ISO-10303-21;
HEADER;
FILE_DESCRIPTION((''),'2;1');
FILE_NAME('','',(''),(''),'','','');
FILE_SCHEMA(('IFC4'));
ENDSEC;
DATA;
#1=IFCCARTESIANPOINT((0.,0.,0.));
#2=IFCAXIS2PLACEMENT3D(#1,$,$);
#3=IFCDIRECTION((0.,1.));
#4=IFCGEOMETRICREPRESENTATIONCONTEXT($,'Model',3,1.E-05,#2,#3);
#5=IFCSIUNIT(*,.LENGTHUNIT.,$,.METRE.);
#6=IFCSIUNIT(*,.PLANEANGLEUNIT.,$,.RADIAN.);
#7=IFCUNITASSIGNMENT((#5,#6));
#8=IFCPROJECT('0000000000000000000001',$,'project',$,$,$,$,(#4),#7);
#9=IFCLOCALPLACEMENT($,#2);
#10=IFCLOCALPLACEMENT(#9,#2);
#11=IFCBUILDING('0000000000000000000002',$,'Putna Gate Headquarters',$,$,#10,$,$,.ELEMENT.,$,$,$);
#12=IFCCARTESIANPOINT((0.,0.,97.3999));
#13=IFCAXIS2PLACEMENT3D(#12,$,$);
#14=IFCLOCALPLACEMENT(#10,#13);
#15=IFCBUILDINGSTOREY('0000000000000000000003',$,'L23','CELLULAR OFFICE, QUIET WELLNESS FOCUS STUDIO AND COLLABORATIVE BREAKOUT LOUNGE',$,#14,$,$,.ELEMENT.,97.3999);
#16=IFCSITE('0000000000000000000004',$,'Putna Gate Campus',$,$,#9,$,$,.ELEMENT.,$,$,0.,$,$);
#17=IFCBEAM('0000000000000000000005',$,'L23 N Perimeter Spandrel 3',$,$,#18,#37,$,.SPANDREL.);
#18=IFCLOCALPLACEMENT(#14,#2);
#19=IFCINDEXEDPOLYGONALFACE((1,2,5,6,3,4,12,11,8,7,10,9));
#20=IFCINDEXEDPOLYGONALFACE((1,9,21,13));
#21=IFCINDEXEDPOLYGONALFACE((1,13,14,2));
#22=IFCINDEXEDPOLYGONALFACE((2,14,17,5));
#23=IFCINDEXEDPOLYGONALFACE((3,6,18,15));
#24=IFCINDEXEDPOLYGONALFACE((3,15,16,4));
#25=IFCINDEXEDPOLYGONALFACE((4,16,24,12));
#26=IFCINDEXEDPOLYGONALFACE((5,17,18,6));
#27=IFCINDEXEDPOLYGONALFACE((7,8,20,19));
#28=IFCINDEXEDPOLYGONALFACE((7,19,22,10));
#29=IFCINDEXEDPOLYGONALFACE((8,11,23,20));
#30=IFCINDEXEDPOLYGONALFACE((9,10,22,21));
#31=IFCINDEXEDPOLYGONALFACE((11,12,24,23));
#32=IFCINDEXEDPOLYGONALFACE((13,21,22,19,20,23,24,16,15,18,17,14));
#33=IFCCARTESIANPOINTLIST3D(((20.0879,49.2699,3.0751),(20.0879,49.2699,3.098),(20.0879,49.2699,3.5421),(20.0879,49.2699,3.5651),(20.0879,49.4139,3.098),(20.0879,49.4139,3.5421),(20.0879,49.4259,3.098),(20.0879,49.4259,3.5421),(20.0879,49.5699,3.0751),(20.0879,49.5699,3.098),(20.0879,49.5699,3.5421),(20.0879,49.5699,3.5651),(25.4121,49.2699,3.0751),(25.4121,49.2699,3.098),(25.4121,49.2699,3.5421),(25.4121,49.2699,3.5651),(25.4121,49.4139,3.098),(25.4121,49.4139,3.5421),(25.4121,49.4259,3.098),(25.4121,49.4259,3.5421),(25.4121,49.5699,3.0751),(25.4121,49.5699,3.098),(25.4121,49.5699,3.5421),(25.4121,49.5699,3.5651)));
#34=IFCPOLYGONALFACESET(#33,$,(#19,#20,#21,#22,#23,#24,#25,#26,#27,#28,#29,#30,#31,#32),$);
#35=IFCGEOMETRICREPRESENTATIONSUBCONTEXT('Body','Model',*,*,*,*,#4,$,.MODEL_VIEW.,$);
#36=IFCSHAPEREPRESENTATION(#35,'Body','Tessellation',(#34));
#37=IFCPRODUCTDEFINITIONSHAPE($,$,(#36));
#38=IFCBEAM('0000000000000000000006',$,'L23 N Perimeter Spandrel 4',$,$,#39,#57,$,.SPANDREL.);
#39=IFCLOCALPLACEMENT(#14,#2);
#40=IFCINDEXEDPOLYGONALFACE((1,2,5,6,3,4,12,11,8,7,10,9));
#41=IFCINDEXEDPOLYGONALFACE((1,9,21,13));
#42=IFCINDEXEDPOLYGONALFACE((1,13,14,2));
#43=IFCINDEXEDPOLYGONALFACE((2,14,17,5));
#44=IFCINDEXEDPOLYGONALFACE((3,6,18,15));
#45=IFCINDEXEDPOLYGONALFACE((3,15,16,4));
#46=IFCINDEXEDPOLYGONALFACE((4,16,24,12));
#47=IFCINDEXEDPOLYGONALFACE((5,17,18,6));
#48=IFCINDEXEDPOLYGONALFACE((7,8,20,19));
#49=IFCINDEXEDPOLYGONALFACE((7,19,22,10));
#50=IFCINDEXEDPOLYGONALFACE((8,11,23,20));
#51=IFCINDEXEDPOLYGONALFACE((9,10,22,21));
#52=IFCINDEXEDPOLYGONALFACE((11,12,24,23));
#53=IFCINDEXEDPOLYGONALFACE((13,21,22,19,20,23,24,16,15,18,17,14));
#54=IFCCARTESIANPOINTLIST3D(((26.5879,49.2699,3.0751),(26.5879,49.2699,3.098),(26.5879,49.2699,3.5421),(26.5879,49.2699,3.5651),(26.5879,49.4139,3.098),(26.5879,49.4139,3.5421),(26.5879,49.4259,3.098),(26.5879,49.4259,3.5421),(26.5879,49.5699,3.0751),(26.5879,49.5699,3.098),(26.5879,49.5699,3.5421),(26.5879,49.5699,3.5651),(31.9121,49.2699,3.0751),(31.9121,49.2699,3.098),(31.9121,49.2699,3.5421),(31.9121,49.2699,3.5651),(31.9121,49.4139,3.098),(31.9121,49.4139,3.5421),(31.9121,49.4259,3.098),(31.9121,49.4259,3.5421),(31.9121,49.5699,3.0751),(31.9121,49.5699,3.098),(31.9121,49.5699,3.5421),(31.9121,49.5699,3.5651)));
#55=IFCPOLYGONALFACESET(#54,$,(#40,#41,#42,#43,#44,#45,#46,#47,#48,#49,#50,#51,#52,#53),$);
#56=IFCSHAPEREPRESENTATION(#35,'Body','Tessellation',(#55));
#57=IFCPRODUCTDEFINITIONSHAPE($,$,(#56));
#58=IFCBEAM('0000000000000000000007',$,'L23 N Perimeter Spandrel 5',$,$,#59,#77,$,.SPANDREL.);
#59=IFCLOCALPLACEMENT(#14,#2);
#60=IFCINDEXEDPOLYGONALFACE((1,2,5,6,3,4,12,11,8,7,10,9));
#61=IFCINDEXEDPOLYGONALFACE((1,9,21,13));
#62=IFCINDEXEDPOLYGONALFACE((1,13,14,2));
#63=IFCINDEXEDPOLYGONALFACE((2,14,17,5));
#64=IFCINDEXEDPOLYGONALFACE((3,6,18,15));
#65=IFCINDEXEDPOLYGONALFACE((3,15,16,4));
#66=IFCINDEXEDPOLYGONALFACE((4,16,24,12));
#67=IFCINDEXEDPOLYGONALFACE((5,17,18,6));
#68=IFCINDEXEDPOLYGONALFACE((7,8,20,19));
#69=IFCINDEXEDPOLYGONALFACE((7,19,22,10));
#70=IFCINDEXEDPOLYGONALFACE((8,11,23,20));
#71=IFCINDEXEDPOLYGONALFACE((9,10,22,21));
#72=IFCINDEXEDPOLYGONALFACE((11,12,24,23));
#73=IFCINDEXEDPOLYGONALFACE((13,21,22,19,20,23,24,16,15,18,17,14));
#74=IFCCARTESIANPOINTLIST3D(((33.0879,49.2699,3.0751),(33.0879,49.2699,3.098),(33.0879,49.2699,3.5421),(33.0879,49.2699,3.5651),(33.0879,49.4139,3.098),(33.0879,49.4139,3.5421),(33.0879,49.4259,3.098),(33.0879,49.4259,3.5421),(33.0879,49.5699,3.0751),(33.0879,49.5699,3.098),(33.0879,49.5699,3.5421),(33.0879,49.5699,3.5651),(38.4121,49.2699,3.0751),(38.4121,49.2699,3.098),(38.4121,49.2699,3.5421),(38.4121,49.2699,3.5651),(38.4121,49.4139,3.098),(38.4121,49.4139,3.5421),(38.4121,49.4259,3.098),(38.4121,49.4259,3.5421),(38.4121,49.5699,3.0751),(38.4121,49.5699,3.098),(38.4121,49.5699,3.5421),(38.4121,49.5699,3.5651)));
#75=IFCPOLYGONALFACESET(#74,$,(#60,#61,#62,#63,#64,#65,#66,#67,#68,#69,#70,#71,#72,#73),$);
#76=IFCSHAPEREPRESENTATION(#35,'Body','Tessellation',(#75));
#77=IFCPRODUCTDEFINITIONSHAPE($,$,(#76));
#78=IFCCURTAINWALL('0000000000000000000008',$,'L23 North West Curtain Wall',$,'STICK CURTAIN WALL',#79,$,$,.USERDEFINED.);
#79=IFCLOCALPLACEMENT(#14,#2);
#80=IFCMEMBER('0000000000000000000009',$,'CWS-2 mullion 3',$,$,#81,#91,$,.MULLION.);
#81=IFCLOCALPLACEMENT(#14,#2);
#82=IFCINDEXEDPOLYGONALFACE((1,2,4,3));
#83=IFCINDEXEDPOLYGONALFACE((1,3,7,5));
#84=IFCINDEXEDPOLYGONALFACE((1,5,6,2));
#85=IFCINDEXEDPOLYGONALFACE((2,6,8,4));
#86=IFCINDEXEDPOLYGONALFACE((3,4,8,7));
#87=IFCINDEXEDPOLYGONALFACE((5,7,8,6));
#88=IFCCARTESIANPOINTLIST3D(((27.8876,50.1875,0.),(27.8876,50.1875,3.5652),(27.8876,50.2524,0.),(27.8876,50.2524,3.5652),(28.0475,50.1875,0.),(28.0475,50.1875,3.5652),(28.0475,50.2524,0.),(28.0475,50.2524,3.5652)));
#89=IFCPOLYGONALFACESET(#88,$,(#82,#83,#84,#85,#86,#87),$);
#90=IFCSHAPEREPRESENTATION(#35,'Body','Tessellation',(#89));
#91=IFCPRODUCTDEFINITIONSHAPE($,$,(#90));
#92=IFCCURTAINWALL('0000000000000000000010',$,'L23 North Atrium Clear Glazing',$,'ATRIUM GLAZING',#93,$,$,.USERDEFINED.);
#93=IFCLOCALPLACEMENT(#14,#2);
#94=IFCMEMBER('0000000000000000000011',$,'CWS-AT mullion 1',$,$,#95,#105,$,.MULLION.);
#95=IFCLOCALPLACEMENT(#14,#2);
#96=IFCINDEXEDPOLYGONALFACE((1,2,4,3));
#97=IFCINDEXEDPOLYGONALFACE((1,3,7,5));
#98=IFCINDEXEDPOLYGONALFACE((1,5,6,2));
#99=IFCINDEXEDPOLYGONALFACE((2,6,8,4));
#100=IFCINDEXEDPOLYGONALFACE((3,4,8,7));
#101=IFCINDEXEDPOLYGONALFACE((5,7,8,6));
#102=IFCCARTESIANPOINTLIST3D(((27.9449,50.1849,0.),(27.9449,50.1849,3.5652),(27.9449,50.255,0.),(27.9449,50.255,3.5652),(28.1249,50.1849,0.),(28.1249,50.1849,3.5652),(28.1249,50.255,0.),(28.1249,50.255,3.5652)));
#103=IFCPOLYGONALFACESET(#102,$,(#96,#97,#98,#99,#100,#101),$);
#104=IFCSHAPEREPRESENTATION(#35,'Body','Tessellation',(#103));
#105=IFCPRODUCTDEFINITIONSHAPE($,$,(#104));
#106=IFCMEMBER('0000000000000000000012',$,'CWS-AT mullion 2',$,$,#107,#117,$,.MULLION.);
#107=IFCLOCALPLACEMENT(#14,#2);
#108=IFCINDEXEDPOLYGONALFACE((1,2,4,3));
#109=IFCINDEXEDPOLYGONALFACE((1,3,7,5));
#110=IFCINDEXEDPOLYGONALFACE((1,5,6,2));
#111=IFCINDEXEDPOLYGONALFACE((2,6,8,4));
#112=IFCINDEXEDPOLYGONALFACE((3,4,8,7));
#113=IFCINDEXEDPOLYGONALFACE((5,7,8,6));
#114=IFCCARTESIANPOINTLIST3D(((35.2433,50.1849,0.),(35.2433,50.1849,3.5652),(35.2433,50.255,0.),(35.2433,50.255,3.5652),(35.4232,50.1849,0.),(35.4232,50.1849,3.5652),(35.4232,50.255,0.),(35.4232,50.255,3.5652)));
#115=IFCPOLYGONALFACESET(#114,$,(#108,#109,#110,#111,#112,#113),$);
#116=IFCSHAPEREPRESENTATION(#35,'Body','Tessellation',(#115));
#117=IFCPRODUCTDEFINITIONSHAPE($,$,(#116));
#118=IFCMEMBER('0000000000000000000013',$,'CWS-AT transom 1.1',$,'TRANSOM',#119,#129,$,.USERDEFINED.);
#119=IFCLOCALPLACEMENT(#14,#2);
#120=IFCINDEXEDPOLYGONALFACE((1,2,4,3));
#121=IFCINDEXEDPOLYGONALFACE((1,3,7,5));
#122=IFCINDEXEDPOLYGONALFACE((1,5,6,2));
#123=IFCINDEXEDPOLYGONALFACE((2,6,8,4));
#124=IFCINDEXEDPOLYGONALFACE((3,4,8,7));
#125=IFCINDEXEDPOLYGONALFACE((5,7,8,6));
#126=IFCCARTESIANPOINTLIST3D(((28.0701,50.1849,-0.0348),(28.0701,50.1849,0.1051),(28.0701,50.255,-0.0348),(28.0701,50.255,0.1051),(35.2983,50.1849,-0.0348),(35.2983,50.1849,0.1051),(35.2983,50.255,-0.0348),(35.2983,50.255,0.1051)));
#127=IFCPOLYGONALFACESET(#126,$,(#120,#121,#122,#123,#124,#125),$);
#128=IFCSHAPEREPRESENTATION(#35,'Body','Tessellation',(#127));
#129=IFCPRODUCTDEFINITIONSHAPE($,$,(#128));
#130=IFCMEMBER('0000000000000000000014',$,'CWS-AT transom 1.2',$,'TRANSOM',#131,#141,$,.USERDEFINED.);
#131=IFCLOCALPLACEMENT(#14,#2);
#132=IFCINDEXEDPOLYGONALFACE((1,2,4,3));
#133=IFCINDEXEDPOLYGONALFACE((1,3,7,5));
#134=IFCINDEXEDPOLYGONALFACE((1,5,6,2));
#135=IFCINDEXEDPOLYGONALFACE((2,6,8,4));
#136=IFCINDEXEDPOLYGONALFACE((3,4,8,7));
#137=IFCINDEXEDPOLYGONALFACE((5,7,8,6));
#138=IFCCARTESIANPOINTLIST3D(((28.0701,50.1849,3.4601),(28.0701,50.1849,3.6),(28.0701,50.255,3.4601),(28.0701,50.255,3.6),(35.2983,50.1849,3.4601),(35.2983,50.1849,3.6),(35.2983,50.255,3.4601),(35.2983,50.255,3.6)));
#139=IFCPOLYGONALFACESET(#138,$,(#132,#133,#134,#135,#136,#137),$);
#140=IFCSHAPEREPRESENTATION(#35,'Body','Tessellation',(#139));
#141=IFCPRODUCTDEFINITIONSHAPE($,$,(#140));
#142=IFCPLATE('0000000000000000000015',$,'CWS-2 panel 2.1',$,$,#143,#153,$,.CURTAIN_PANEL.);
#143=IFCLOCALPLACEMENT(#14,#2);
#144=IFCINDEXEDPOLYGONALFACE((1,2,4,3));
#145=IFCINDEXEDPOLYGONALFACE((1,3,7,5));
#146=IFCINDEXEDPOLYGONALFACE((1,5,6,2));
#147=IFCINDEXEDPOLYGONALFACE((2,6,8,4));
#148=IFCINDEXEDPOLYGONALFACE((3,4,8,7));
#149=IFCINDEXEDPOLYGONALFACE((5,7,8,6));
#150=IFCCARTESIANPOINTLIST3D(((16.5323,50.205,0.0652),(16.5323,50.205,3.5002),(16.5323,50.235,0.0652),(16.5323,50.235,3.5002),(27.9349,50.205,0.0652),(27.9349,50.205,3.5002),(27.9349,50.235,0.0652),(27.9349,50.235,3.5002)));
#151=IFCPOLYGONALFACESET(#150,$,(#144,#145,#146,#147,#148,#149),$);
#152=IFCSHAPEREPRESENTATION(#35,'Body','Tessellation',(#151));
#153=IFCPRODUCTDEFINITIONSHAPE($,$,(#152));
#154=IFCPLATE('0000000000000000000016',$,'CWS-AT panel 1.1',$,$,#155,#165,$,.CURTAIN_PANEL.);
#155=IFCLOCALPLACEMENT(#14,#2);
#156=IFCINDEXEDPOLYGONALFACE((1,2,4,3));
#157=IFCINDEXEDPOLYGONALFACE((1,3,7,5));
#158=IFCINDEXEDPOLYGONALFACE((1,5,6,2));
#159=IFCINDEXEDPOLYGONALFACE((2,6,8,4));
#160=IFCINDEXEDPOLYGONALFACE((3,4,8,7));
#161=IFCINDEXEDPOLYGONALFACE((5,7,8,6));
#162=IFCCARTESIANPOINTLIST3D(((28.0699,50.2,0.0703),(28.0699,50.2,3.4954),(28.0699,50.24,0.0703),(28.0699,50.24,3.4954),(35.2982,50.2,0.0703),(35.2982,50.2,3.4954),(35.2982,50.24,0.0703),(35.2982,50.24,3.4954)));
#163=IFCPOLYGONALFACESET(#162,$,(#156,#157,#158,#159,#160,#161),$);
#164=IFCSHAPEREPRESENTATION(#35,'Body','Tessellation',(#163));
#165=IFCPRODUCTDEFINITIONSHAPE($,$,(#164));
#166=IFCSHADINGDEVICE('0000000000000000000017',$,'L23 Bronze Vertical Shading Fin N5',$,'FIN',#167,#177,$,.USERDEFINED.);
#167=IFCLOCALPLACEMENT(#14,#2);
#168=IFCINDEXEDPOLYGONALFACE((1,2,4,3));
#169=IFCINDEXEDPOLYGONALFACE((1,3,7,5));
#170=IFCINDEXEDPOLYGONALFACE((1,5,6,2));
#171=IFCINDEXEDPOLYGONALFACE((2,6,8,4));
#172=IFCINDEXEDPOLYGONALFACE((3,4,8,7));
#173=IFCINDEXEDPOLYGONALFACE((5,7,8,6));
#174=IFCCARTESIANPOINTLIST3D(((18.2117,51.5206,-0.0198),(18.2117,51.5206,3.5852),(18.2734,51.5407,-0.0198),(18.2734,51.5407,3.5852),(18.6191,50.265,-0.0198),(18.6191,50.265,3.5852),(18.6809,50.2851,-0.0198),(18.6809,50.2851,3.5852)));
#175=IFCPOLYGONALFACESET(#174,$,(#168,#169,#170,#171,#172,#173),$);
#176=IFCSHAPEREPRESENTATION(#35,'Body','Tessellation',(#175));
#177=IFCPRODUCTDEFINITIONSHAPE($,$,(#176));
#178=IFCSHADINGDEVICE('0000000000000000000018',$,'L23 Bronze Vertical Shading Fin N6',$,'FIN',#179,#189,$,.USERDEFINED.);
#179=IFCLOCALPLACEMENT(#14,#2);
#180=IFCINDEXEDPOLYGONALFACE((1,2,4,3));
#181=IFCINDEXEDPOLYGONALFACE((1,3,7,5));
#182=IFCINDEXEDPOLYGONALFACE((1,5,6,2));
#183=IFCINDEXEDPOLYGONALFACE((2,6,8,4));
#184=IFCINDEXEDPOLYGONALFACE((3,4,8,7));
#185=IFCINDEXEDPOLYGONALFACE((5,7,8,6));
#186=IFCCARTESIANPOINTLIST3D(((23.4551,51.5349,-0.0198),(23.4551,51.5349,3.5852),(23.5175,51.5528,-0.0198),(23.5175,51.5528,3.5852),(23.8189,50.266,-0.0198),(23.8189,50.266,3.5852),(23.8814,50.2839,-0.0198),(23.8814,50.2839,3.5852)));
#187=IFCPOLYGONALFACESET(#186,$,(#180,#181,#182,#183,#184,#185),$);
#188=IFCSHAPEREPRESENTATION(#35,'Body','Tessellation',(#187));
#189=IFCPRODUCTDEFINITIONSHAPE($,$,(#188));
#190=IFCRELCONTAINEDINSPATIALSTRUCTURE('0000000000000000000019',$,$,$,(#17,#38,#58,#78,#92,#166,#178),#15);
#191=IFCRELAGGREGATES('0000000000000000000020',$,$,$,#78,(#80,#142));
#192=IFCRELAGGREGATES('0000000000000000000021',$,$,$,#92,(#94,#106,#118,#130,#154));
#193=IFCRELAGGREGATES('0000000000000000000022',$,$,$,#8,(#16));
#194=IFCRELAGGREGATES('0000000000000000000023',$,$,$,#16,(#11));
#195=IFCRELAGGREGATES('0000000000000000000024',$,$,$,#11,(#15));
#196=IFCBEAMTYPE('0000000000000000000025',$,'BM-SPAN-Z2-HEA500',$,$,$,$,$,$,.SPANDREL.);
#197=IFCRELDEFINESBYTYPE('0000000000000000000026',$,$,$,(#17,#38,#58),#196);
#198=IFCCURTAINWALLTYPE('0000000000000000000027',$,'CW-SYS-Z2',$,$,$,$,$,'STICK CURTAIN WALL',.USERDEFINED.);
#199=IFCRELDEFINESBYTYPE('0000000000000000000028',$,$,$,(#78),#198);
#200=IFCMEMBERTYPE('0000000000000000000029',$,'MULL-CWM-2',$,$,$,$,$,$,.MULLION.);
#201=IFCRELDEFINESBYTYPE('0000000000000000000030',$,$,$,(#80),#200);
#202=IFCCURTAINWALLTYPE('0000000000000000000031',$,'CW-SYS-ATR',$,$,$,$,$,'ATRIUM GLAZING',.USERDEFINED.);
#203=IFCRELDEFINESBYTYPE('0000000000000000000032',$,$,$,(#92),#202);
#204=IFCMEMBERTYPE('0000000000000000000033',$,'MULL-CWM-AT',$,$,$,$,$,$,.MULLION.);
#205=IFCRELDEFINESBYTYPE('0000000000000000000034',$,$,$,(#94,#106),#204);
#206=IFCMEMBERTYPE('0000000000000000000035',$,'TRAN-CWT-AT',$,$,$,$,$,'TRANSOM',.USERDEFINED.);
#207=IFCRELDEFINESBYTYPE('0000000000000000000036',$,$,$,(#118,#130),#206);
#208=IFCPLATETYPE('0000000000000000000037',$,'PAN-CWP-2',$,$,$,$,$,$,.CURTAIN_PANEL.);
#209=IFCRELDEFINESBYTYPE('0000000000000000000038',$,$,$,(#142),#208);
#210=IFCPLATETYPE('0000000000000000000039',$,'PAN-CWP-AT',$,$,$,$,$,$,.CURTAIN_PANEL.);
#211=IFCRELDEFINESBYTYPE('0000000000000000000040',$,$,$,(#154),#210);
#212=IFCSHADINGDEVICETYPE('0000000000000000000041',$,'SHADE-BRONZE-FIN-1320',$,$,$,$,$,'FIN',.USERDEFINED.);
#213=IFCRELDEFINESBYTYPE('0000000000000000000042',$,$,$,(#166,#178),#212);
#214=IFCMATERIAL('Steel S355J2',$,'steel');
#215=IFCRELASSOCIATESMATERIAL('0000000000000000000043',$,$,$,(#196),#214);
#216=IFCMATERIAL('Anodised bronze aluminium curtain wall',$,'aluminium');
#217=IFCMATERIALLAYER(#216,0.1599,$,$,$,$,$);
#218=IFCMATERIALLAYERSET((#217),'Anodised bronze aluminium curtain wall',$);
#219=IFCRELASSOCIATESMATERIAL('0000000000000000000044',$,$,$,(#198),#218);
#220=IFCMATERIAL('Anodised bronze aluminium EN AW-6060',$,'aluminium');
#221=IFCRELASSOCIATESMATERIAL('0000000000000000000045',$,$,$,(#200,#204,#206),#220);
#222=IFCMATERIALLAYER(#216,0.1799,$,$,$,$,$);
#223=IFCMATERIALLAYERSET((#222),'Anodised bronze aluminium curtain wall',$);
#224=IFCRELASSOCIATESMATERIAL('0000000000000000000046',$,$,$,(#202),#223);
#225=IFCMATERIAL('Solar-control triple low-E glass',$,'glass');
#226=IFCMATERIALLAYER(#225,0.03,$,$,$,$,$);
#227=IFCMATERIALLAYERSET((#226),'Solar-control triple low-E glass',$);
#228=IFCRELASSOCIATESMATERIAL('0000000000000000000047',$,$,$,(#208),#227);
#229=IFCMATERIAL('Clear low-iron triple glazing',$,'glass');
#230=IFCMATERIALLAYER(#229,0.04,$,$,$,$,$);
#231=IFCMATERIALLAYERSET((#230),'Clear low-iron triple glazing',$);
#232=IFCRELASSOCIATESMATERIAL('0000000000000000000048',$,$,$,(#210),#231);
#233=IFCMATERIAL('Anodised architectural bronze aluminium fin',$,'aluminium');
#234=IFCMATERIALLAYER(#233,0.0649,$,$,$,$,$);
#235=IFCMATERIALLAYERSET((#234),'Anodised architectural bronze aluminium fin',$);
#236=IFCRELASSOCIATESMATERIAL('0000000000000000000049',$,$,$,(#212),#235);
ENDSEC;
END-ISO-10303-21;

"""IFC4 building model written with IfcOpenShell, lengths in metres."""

from ifc_helpers import new_model, si_unit, direction, frame, origin, origin_2d, place, context, subcontext, project, spatial, rectangle, i_section, extrude, material, layer, layer_set, material_profile, profile_set, type_object, element, aggregate, save


model = new_model("IFC4")

# Units and contexts
model_context = context("Model", 3, precision=1e-05, world=origin(), true_north=direction((0.0, 1.0)))
body_context = subcontext(model_context, "Body", "Model", "MODEL_VIEW")
ifc_project = project(units=[si_unit("LENGTHUNIT", "METRE"), si_unit("PLANEANGLEUNIT", "RADIAN")], contexts=[model_context])

# Site, building, storey
site_placement = place(None, origin())
site = spatial("IfcSite", under=ifc_project, at=site_placement, Name="Putna Gate Campus", CompositionType="ELEMENT", RefElevation=0.0)
building_placement = place(site_placement, origin())
building = spatial("IfcBuilding", under=site, at=building_placement, Name="Putna Gate Headquarters", CompositionType="ELEMENT")
storey_placement = place(building_placement, frame((0.0, 0.0, 97.3999)))
storey = spatial("IfcBuildingStorey", under=building, at=storey_placement, Name="L23", Description="CELLULAR OFFICE, QUIET WELLNESS FOCUS STUDIO AND COLLABORATIVE BREAKOUT LOUNGE", CompositionType="ELEMENT", Elevation=97.3999)

# Beams
ifc_material_1 = material(Name="Steel S355J2", Category="steel")
ifc_material_profile_1 = material_profile(ifc_material_1, i_section(OverallWidth=0.3, OverallDepth=0.49, WebThickness=0.012, FlangeThickness=0.0229, at=origin_2d()), Name="Steel S355J2")
ifc_profile_set_1 = profile_set([ifc_material_profile_1], Name="Steel S355J2")
beam_type_1 = type_object("IfcBeamType", Name="BM-SPAN-Z2-HEA500", PredefinedType="SPANDREL", material=ifc_profile_set_1)
for number, where, z_axis, x_axis, name in (
    (1, (20.0879, 49.4199, 3.3201), (1.0, 0.0, 0.0), (0.0, 1.0, 0.0), "L23 N Perimeter Spandrel 3"),
    (2, (26.5879, 49.4199, 3.3201), (1.0, 0.0, 0.0), (0.0, 1.0, 0.0), "L23 N Perimeter Spandrel 4"),
    (3, (33.0879, 49.4199, 3.3201), (1.0, 0.0, 0.0), (0.0, 1.0, 0.0), "L23 N Perimeter Spandrel 5"),
):
    element("IfcBeam", number, at=place(storey_placement, frame(where, z_axis=z_axis, x_axis=x_axis)), inside=storey, type_object=beam_type_1, Name=name, PredefinedType="SPANDREL", context=body_context, shape_type="SweptSolid", body=[
        extrude(i_section(OverallWidth=0.3, OverallDepth=0.49, WebThickness=0.012, FlangeThickness=0.0229, at=origin_2d()), origin(), (0.0, 0.0, 1.0), 5.3242),
    ])

# Curtain wall, member
ifc_material_2 = material(Name="Anodised bronze aluminium curtain wall", Category="aluminium")
ifc_layer_1 = layer(ifc_material_2, 0.1599)
ifc_layer_set_1 = layer_set([ifc_layer_1], Name="Anodised bronze aluminium curtain wall")
curtain_wall_type_1 = type_object("IfcCurtainWallType", Name="CW-SYS-Z2", ElementType="STICK CURTAIN WALL", PredefinedType="USERDEFINED", material=ifc_layer_set_1)
curtain_wall_1_placement = place(storey_placement, origin())
curtain_wall_1 = element("IfcCurtainWall", 4, at=curtain_wall_1_placement, inside=storey, type_object=curtain_wall_type_1, Name="L23 North West Curtain Wall", ObjectType="STICK CURTAIN WALL", PredefinedType="USERDEFINED")
ifc_material_3 = material(Name="Anodised bronze aluminium EN AW-6060", Category="aluminium")
ifc_material_profile_2 = material_profile(ifc_material_3, rectangle(XDim=0.0649, YDim=0.1599, at=origin_2d()), Name="Anodised bronze aluminium EN AW-6060")
ifc_profile_set_2 = profile_set([ifc_material_profile_2], Name="Anodised bronze aluminium EN AW-6060")
member_type_1 = type_object("IfcMemberType", Name="MULL-CWM-2", PredefinedType="MULLION", material=ifc_profile_set_2)
member_1_placement = place(storey_placement, frame((27.9675, 50.22, 0.0), z_axis=(0.0, 0.0, 1.0), x_axis=(0.0, 1.0, 0.0)))
member_1 = element("IfcMember", 5, at=member_1_placement, type_object=member_type_1, Name="CWS-2 mullion 3", PredefinedType="MULLION", context=body_context, shape_type="SweptSolid", body=[
    extrude(rectangle(XDim=0.0649, YDim=0.1599, at=origin_2d()), origin(), (0.0, 0.0, 1.0), 3.5652),
])

# Curtain wall, members
ifc_layer_2 = layer(ifc_material_2, 0.1799)
ifc_layer_set_2 = layer_set([ifc_layer_2], Name="Anodised bronze aluminium curtain wall")
curtain_wall_type_2 = type_object("IfcCurtainWallType", Name="CW-SYS-ATR", ElementType="ATRIUM GLAZING", PredefinedType="USERDEFINED", material=ifc_layer_set_2)
curtain_wall_2_placement = place(storey_placement, origin())
curtain_wall_2 = element("IfcCurtainWall", 6, at=curtain_wall_2_placement, inside=storey, type_object=curtain_wall_type_2, Name="L23 North Atrium Clear Glazing", ObjectType="ATRIUM GLAZING", PredefinedType="USERDEFINED")
ifc_material_profile_3 = material_profile(ifc_material_3, rectangle(XDim=0.0701, YDim=0.1799, at=origin_2d()), Name="Anodised bronze aluminium EN AW-6060")
ifc_profile_set_3 = profile_set([ifc_material_profile_3], Name="Anodised bronze aluminium EN AW-6060")
member_type_2 = type_object("IfcMemberType", Name="MULL-CWM-AT", PredefinedType="MULLION", material=ifc_profile_set_3)
member_2_placement = place(storey_placement, frame((28.0349, 50.22, 0.0), z_axis=(0.0, 0.0, 1.0), x_axis=(0.0, 1.0, 0.0)))
member_2 = element("IfcMember", 7, at=member_2_placement, type_object=member_type_2, Name="CWS-AT mullion 1", PredefinedType="MULLION", context=body_context, shape_type="SweptSolid", body=[
    extrude(rectangle(XDim=0.0701, YDim=0.1799, at=origin_2d()), origin(), (0.0, 0.0, 1.0), 3.5652),
])
member_3_placement = place(storey_placement, frame((35.3333, 50.22, 0.0), z_axis=(0.0, 0.0, 1.0), x_axis=(0.0, 1.0, 0.0)))
member_3 = element("IfcMember", 8, at=member_3_placement, type_object=member_type_2, Name="CWS-AT mullion 2", PredefinedType="MULLION", context=body_context, shape_type="SweptSolid", body=[
    extrude(rectangle(XDim=0.0701, YDim=0.1799, at=origin_2d()), origin(), (0.0, 0.0, 1.0), 3.5652),
])
ifc_material_profile_4 = material_profile(ifc_material_3, rectangle(XDim=0.0701, YDim=0.1399, at=origin_2d()), Name="Anodised bronze aluminium EN AW-6060")
ifc_profile_set_4 = profile_set([ifc_material_profile_4], Name="Anodised bronze aluminium EN AW-6060")
member_type_3 = type_object("IfcMemberType", Name="TRAN-CWT-AT", ElementType="TRANSOM", PredefinedType="USERDEFINED", material=ifc_profile_set_4)
member_4_placement = place(storey_placement, frame((28.0701, 50.22, 0.0352), z_axis=(1.0, 0.0, 0.0), x_axis=(0.0, 1.0, 0.0)))
member_4 = element("IfcMember", 9, at=member_4_placement, type_object=member_type_3, Name="CWS-AT transom 1.1", ObjectType="TRANSOM", PredefinedType="USERDEFINED", context=body_context, shape_type="SweptSolid", body=[
    extrude(rectangle(XDim=0.0701, YDim=0.1399, at=origin_2d()), origin(), (0.0, 0.0, 1.0), 7.2283),
])
member_5_placement = place(storey_placement, frame((28.0701, 50.22, 3.53), z_axis=(1.0, 0.0, 0.0), x_axis=(0.0, 1.0, 0.0)))
member_5 = element("IfcMember", 10, at=member_5_placement, type_object=member_type_3, Name="CWS-AT transom 1.2", ObjectType="TRANSOM", PredefinedType="USERDEFINED", context=body_context, shape_type="SweptSolid", body=[
    extrude(rectangle(XDim=0.0701, YDim=0.1399, at=origin_2d()), origin(), (0.0, 0.0, 1.0), 7.2283),
])

# Plates
ifc_material_4 = material(Name="Solar-control triple low-E glass", Category="glass")
ifc_layer_3 = layer(ifc_material_4, 0.03)
ifc_layer_set_3 = layer_set([ifc_layer_3], Name="Solar-control triple low-E glass")
plate_type_1 = type_object("IfcPlateType", Name="PAN-CWP-2", PredefinedType="CURTAIN_PANEL", material=ifc_layer_set_3)
plate_1_placement = place(storey_placement, frame((22.2336, 50.22, 0.0652), z_axis=(0.0, 0.0, 1.0), x_axis=(1.0, 0.0, 0.0)))
plate_1 = element("IfcPlate", 11, at=plate_1_placement, type_object=plate_type_1, Name="CWS-2 panel 2.1", PredefinedType="CURTAIN_PANEL", context=body_context, shape_type="SweptSolid", body=[
    extrude(rectangle(XDim=11.4026, YDim=0.03, at=origin_2d()), origin(), (0.0, 0.0, 1.0), 3.4351),
])
aggregate(curtain_wall_1, [member_1, plate_1])
ifc_material_5 = material(Name="Clear low-iron triple glazing", Category="glass")
ifc_layer_4 = layer(ifc_material_5, 0.04)
ifc_layer_set_4 = layer_set([ifc_layer_4], Name="Clear low-iron triple glazing")
plate_type_2 = type_object("IfcPlateType", Name="PAN-CWP-AT", PredefinedType="CURTAIN_PANEL", material=ifc_layer_set_4)
plate_2_placement = place(storey_placement, frame((31.6841, 50.22, 0.0703), z_axis=(0.0, 0.0, 1.0), x_axis=(1.0, 0.0, 0.0)))
plate_2 = element("IfcPlate", 12, at=plate_2_placement, type_object=plate_type_2, Name="CWS-AT panel 1.1", PredefinedType="CURTAIN_PANEL", context=body_context, shape_type="SweptSolid", body=[
    extrude(rectangle(XDim=7.2283, YDim=0.04, at=origin_2d()), origin(), (0.0, 0.0, 1.0), 3.425),
])
aggregate(curtain_wall_2, [member_2, member_3, member_4, member_5, plate_2])

# Shading devices
ifc_material_6 = material(Name="Anodised architectural bronze aluminium fin", Category="aluminium")
ifc_layer_5 = layer(ifc_material_6, 0.0649)
ifc_layer_set_5 = layer_set([ifc_layer_5], Name="Anodised architectural bronze aluminium fin")
shading_device_type = type_object("IfcShadingDeviceType", Name="SHADE-BRONZE-FIN-1320", ElementType="FIN", PredefinedType="USERDEFINED", material=ifc_layer_set_5)
for number, where, z_axis, x_axis, name in (
    (13, (18.4463, 50.9028, -0.0198), (0.0, 0.0, 1.0), (-0.308685, 0.951164, 0.0), "L23 Bronze Vertical Shading Fin N5"),
    (14, (23.6682, 50.9094, -0.0198), (0.0, 0.0, 1.0), (-0.275637, 0.961262, 0.0), "L23 Bronze Vertical Shading Fin N6"),
):
    element("IfcShadingDevice", number, at=place(storey_placement, frame(where, z_axis=z_axis, x_axis=x_axis)), inside=storey, type_object=shading_device_type, Name=name, ObjectType="FIN", PredefinedType="USERDEFINED", context=body_context, shape_type="SweptSolid", body=[
        extrude(rectangle(XDim=1.3201, YDim=0.0649, at=origin_2d()), origin(), (0.0, 0.0, 1.0), 3.605),
    ])

save(model, "model.ifc")
